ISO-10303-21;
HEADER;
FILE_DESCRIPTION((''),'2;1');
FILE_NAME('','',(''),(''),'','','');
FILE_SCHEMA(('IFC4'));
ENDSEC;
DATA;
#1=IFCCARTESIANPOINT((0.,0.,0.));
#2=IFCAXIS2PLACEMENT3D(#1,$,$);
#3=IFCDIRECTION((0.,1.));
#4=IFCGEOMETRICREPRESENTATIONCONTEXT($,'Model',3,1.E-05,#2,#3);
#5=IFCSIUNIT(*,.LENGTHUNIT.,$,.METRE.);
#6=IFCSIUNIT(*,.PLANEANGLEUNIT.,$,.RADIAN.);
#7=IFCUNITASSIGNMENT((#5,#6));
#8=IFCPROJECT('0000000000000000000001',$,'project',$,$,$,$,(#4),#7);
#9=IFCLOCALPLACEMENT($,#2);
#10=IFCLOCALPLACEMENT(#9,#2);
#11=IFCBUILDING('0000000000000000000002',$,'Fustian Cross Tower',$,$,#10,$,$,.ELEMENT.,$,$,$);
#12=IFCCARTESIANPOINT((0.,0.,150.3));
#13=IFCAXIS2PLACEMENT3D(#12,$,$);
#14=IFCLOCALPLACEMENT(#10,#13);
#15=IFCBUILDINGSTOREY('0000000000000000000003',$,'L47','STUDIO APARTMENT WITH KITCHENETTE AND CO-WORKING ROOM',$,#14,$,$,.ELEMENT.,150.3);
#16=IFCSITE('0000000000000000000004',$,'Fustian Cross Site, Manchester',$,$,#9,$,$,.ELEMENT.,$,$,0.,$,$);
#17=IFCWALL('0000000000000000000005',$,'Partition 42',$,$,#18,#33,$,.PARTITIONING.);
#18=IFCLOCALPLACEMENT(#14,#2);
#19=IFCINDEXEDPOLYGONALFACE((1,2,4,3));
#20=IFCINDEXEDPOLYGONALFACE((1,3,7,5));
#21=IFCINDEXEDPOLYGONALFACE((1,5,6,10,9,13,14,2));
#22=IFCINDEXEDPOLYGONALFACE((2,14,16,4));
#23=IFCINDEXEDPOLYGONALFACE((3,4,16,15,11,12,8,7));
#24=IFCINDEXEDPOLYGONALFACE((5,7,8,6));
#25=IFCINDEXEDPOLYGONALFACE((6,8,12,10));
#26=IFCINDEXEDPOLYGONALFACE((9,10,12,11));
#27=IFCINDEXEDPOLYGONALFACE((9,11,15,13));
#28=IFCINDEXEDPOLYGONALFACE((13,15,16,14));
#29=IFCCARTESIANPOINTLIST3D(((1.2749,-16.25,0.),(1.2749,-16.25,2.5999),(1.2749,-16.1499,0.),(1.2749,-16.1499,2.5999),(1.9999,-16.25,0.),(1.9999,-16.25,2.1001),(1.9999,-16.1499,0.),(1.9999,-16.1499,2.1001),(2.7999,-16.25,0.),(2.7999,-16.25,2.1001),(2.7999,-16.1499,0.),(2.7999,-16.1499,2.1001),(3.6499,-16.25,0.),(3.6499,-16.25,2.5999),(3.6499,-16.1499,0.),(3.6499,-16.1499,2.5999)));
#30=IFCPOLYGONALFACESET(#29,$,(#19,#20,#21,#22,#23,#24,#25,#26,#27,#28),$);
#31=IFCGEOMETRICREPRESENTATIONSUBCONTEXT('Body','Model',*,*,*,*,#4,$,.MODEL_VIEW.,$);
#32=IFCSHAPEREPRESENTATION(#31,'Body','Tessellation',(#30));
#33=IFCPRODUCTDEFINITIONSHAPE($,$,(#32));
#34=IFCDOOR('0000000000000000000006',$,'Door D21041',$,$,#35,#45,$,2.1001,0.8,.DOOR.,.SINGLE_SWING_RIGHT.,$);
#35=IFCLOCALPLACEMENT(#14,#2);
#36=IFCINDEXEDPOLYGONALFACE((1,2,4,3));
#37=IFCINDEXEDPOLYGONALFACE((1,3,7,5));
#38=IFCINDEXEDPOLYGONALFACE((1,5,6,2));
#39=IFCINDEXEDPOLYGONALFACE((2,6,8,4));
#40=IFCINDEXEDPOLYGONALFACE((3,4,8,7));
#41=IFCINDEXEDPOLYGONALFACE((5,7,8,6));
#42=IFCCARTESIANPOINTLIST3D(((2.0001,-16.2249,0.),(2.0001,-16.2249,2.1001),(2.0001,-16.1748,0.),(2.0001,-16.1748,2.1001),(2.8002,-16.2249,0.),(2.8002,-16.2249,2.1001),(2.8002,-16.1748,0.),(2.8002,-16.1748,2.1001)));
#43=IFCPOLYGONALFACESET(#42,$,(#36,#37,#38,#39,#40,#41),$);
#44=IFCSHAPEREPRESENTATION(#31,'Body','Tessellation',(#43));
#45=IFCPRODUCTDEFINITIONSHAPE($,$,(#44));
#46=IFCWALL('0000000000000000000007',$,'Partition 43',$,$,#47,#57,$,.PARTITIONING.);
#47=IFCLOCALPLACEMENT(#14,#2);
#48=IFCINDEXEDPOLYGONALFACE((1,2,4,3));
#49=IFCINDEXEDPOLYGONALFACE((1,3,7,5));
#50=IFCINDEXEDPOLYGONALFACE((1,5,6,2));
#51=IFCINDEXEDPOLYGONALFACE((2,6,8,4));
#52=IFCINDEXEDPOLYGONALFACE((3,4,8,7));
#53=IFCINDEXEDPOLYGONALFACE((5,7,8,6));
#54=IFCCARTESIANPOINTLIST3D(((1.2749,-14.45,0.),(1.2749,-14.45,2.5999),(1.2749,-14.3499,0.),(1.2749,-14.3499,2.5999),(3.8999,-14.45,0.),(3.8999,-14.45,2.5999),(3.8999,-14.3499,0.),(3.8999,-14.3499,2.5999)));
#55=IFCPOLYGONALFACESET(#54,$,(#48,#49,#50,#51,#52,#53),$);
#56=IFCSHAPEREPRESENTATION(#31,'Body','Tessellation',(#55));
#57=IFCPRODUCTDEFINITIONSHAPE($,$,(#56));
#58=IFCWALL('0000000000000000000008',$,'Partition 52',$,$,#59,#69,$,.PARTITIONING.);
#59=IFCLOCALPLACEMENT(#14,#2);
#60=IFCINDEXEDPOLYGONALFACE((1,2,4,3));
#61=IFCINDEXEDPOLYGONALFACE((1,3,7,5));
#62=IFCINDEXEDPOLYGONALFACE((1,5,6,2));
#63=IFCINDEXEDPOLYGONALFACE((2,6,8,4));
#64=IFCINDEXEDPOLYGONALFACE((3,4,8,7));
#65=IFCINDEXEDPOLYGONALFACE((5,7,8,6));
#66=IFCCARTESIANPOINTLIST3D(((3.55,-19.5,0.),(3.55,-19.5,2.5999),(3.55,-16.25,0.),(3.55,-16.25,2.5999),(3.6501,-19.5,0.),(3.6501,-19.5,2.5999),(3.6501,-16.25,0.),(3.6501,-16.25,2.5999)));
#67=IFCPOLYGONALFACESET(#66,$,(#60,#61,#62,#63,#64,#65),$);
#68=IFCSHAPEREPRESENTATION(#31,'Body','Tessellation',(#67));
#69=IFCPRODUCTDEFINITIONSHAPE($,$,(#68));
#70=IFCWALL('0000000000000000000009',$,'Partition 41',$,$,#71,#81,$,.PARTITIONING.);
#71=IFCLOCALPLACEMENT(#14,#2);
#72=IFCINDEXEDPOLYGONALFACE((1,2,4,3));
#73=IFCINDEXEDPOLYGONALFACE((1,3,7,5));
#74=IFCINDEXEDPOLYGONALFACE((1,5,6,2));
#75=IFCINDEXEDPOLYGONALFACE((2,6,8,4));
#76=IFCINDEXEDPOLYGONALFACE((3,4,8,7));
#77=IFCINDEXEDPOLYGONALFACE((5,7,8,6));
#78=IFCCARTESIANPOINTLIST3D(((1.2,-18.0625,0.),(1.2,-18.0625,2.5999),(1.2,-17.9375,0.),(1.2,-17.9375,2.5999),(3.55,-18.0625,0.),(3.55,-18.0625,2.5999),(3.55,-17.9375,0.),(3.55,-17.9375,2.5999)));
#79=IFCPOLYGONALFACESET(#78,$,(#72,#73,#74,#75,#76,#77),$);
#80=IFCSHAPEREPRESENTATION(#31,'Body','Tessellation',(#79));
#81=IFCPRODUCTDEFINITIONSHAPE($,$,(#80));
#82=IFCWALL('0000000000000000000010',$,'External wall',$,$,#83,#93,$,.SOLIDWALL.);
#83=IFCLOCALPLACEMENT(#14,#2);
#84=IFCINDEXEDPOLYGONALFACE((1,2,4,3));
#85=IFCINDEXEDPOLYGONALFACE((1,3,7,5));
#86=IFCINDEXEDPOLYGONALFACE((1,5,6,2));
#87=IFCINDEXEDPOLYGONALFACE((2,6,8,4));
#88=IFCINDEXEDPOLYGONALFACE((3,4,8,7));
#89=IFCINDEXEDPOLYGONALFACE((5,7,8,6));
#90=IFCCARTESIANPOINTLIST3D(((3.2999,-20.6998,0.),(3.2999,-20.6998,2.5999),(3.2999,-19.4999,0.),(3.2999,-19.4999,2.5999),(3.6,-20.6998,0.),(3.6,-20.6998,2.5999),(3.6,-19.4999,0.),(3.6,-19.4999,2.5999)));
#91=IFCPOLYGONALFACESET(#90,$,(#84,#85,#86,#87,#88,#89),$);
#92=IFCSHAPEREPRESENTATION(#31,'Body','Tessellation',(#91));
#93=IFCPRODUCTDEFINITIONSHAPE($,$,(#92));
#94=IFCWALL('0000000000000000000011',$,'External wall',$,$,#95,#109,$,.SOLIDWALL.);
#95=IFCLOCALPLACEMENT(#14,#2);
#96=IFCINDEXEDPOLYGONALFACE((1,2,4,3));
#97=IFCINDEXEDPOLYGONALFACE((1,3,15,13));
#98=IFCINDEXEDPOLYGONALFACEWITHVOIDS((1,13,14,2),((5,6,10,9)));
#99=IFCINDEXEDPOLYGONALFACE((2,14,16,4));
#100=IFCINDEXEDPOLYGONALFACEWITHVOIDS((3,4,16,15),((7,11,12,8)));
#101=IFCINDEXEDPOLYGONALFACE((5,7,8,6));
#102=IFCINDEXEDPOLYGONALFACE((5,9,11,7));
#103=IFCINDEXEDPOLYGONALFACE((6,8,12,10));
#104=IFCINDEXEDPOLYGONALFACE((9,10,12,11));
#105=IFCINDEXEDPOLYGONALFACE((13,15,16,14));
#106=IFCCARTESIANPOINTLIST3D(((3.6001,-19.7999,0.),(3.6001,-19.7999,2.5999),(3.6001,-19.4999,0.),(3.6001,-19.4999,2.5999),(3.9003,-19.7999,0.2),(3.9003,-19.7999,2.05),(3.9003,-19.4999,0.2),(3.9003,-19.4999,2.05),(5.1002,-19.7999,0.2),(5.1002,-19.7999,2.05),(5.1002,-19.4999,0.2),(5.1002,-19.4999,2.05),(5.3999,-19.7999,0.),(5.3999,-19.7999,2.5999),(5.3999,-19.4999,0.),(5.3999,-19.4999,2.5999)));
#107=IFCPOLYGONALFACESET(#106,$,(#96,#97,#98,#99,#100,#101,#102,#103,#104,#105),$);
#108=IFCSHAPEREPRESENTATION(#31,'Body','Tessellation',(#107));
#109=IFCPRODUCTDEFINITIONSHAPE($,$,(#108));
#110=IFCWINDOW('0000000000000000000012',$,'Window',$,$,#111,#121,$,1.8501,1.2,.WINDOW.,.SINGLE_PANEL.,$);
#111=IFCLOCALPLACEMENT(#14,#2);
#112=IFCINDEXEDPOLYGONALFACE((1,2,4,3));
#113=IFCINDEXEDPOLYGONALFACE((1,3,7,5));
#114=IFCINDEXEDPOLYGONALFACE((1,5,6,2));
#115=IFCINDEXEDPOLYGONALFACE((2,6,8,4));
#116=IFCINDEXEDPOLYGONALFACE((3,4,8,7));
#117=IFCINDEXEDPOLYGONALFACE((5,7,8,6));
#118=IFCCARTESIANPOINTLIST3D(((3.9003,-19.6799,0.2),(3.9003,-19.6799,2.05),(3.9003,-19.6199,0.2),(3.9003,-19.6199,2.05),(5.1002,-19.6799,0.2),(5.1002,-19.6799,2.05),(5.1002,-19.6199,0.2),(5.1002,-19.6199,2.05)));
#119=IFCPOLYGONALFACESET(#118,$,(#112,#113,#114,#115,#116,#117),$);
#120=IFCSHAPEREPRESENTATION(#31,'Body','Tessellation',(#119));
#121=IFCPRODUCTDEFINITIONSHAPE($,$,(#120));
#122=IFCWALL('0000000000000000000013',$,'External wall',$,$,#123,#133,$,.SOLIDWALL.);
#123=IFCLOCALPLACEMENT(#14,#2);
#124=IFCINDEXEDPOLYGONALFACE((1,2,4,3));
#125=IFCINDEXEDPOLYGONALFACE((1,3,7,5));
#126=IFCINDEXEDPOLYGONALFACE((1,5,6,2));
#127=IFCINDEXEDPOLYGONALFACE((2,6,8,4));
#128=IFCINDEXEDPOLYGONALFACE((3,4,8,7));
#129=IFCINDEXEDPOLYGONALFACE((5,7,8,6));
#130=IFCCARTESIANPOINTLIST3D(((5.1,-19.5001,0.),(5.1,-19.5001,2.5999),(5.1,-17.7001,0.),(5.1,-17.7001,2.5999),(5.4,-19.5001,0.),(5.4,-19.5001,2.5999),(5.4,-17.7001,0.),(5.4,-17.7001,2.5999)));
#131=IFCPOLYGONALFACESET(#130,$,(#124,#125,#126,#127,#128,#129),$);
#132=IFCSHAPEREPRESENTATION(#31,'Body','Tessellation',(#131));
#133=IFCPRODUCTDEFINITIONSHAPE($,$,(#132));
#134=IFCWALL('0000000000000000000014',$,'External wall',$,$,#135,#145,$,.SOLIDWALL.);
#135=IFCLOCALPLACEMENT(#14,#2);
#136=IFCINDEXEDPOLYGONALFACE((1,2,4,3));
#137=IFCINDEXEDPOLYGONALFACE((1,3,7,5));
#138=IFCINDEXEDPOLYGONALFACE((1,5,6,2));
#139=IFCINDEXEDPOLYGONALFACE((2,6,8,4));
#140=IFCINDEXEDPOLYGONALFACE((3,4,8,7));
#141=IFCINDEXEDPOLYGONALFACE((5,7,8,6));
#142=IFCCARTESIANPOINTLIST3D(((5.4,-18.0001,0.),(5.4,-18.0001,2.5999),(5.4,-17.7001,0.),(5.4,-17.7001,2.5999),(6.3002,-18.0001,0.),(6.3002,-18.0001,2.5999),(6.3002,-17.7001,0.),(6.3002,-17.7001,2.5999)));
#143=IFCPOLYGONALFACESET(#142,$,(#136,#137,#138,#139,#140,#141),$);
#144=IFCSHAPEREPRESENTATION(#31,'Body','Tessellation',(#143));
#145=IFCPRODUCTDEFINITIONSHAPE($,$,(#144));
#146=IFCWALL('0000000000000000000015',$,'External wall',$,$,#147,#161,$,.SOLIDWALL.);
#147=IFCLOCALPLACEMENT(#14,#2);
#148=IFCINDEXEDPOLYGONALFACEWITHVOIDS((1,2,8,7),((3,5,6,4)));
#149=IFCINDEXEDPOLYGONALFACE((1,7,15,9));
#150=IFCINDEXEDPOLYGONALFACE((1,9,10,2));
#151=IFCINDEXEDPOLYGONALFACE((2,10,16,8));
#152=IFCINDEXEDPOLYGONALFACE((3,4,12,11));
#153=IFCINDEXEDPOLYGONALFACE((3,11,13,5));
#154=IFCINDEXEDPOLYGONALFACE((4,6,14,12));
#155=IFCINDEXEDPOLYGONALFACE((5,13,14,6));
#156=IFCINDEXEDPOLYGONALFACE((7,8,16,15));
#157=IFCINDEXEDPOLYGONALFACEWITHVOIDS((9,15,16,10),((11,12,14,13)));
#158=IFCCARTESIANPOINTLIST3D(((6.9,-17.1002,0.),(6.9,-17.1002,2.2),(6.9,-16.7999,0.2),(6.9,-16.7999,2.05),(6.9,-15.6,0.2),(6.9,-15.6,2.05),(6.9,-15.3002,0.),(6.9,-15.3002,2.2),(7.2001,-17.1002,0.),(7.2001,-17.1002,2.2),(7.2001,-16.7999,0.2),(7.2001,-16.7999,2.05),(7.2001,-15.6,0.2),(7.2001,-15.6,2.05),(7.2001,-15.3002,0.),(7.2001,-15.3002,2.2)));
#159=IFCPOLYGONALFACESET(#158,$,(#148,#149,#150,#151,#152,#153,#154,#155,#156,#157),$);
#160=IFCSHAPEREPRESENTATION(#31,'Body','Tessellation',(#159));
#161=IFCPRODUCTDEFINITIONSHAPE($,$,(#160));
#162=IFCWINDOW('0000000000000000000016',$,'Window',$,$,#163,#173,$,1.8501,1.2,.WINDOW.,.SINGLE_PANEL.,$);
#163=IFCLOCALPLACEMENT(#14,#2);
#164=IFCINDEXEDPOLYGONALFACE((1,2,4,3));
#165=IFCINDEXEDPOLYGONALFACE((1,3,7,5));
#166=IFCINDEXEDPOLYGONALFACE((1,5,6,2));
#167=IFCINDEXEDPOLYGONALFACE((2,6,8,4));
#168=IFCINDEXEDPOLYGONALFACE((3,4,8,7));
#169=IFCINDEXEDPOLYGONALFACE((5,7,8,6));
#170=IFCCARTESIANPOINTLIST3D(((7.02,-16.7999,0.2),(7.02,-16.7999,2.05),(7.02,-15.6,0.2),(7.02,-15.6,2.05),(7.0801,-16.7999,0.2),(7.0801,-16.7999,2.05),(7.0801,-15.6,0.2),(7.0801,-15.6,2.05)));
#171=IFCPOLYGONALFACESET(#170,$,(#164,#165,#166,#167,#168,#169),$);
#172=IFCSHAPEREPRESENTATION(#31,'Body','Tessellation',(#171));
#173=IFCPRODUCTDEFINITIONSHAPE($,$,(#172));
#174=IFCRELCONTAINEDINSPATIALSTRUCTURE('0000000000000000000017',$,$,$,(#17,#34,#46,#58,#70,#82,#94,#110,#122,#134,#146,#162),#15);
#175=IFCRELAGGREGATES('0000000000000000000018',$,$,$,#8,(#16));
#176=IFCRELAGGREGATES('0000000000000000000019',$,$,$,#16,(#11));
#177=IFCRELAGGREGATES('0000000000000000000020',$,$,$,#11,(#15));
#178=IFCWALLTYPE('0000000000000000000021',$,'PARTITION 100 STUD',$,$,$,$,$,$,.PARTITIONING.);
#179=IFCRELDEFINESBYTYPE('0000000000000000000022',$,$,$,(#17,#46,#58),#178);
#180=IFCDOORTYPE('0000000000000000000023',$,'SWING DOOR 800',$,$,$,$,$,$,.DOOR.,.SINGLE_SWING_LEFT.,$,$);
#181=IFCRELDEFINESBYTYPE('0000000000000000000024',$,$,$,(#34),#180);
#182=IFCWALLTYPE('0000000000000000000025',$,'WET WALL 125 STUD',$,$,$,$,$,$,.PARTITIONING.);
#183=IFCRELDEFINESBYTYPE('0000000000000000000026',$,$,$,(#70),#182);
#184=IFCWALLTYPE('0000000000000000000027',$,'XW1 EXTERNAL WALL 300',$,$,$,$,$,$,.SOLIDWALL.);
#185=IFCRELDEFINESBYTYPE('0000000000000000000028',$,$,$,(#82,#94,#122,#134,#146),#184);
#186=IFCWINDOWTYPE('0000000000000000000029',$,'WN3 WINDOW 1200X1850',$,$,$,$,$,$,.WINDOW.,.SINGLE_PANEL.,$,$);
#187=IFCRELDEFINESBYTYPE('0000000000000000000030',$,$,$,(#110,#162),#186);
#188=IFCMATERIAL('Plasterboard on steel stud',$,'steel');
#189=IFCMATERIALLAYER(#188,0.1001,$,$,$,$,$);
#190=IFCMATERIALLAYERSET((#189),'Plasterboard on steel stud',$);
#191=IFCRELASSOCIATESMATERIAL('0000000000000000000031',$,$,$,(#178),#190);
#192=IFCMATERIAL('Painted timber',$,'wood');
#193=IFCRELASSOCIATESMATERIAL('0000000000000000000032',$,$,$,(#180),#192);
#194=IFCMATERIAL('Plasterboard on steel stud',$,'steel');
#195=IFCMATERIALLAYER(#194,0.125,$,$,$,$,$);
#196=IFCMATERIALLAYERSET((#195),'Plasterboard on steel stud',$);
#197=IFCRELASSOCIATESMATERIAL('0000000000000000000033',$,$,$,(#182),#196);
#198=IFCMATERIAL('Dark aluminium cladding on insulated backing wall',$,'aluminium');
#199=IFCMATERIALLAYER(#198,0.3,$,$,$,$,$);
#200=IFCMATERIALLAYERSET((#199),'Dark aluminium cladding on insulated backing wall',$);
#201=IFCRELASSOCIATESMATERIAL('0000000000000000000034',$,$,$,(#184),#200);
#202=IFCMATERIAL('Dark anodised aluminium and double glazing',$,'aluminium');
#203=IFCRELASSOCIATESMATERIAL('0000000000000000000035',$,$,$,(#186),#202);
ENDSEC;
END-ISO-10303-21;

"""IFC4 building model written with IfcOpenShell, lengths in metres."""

from ifc_helpers import new_model, si_unit, direction, frame, frame_2d, origin, place, context, subcontext, project, spatial, rectangle, extrude, material, layer, layer_set, type_object, element, fill, save


model = new_model("IFC4")

# Units and contexts
model_context = context("Model", 3, precision=1e-05, world=origin(), true_north=direction((0.0, 1.0)))
body_context = subcontext(model_context, "Body", "Model", "MODEL_VIEW")
ifc_project = project(units=[si_unit("LENGTHUNIT", "METRE"), si_unit("PLANEANGLEUNIT", "RADIAN")], contexts=[model_context])

# Site, building, storey
site_placement = place(None, origin())
site = spatial("IfcSite", under=ifc_project, at=site_placement, Name="Fustian Cross Site, Manchester", CompositionType="ELEMENT", RefElevation=0.0)
building_placement = place(site_placement, origin())
building = spatial("IfcBuilding", under=site, at=building_placement, Name="Fustian Cross Tower", CompositionType="ELEMENT")
storey_placement = place(building_placement, frame((0.0, 0.0, 150.3)))
storey = spatial("IfcBuildingStorey", under=building, at=storey_placement, Name="L47", Description="STUDIO APARTMENT WITH KITCHENETTE AND CO-WORKING ROOM", CompositionType="ELEMENT", Elevation=150.3)

# Wall, opening, door
ifc_material_1 = material(Name="Plasterboard on steel stud", Category="steel")
ifc_layer_1 = layer(ifc_material_1, 0.1001)
ifc_layer_set_1 = layer_set([ifc_layer_1], Name="Plasterboard on steel stud")
wall_type_1 = type_object("IfcWallType", Name="PARTITION 100 STUD", PredefinedType="PARTITIONING", material=ifc_layer_set_1)
wall_1_placement = place(storey_placement, frame((1.2749, -16.2, 0.0), z_axis=(0.0, 0.0, 1.0), x_axis=(1.0, 0.0, 0.0)))
wall_1 = element("IfcWall", 1, at=wall_1_placement, inside=storey, type_object=wall_type_1, Name="Partition 42", PredefinedType="PARTITIONING", context=body_context, shape_type="SweptSolid", body=[
    extrude(rectangle(XDim=2.375, YDim=0.1001, at=frame_2d((1.1875, 0.0))), origin(), (0.0, 0.0, 1.0), 2.5999),
])
opening_1_placement = place(wall_1_placement, frame((0.7251, 0.0, 0.0)))
opening_1 = element("IfcOpeningElement", 2, at=opening_1_placement, cuts=wall_1, PredefinedType="OPENING", context=body_context, shape_type="SweptSolid", body=[
    extrude(rectangle(XDim=0.8, YDim=2.1001, at=frame_2d((0.3999, 1.05))), frame((0.0, 0.0601, 0.0), z_axis=(0.0, -1.0, 0.0), x_axis=(1.0, 0.0, 0.0)), (0.0, 0.0, 1.0), 0.1201),
])
ifc_material_2 = material(Name="Painted timber", Category="wood")
door_type_1 = type_object("IfcDoorType", Name="SWING DOOR 800", OperationType="SINGLE_SWING_LEFT", PredefinedType="DOOR", material=ifc_material_2)
door_1_placement = place(opening_1_placement, frame((0.8, 0.0, 0.0), z_axis=(0.0, 0.0, 1.0), x_axis=(-1.0, 0.0, 0.0)))
door_1 = element("IfcDoor", 3, at=door_1_placement, inside=storey, type_object=door_type_1, Name="Door D21041", OperationType="SINGLE_SWING_RIGHT", OverallHeight=2.1001, OverallWidth=0.8, PredefinedType="DOOR", context=body_context, shape_type="SweptSolid", body=[
    extrude(rectangle(XDim=0.8, YDim=2.1001, at=frame_2d((0.3999, 1.05))), frame((0.0, 0.0249, 0.0), z_axis=(0.0, -1.0, 0.0), x_axis=(1.0, 0.0, 0.0)), (0.0, 0.0, 1.0), 0.05),
])
fill(opening_1, door_1)

# Walls
wall_2_placement = place(storey_placement, frame((1.2749, -14.3999, 0.0), z_axis=(0.0, 0.0, 1.0), x_axis=(1.0, 0.0, 0.0)))
element("IfcWall", 4, at=wall_2_placement, inside=storey, type_object=wall_type_1, Name="Partition 43", PredefinedType="PARTITIONING", context=body_context, shape_type="SweptSolid", body=[
    extrude(rectangle(XDim=2.625, YDim=0.1001, at=frame_2d((1.3125, 0.0))), origin(), (0.0, 0.0, 1.0), 2.5999),
])
wall_3_placement = place(storey_placement, frame((3.6001, -19.5, 0.0), z_axis=(0.0, 0.0, 1.0), x_axis=(0.0, 1.0, 0.0)))
element("IfcWall", 5, at=wall_3_placement, inside=storey, type_object=wall_type_1, Name="Partition 52", PredefinedType="PARTITIONING", context=body_context, shape_type="SweptSolid", body=[
    extrude(rectangle(XDim=3.25, YDim=0.1001, at=frame_2d((1.625, 0.0))), origin(), (0.0, 0.0, 1.0), 2.5999),
])
ifc_material_3 = material(Name="Plasterboard on steel stud", Category="steel")
ifc_layer_2 = layer(ifc_material_3, 0.125)
ifc_layer_set_2 = layer_set([ifc_layer_2], Name="Plasterboard on steel stud")
wall_type_2 = type_object("IfcWallType", Name="WET WALL 125 STUD", PredefinedType="PARTITIONING", material=ifc_layer_set_2)
wall_4_placement = place(storey_placement, frame((1.2, -18.0, 0.0), z_axis=(0.0, 0.0, 1.0), x_axis=(1.0, 0.0, 0.0)))
element("IfcWall", 6, at=wall_4_placement, inside=storey, type_object=wall_type_2, Name="Partition 41", PredefinedType="PARTITIONING", context=body_context, shape_type="SweptSolid", body=[
    extrude(rectangle(XDim=2.3501, YDim=0.125, at=frame_2d((1.175, 0.0))), origin(), (0.0, 0.0, 1.0), 2.5999),
])
ifc_material_4 = material(Name="Dark aluminium cladding on insulated backing wall", Category="aluminium")
ifc_layer_3 = layer(ifc_material_4, 0.3)
ifc_layer_set_3 = layer_set([ifc_layer_3], Name="Dark aluminium cladding on insulated backing wall")
wall_type_3 = type_object("IfcWallType", Name="XW1 EXTERNAL WALL 300", PredefinedType="SOLIDWALL", material=ifc_layer_set_3)
wall_5_placement = place(storey_placement, frame((3.45, -20.7, 0.0), z_axis=(0.0, 0.0, 1.0), x_axis=(0.0, 1.0, 0.0)))
element("IfcWall", 7, at=wall_5_placement, inside=storey, type_object=wall_type_3, Name="External wall", PredefinedType="SOLIDWALL", context=body_context, shape_type="SweptSolid", body=[
    extrude(rectangle(XDim=1.2, YDim=0.3, at=frame_2d((0.6001, 0.0))), origin(), (0.0, 0.0, 1.0), 2.5999),
])

# Wall, opening, window
wall_6_placement = place(storey_placement, frame((3.6001, -19.6499, 0.0), z_axis=(0.0, 0.0, 1.0), x_axis=(1.0, 0.0, 0.0)))
wall_6 = element("IfcWall", 8, at=wall_6_placement, inside=storey, type_object=wall_type_3, Name="External wall", PredefinedType="SOLIDWALL", context=body_context, shape_type="SweptSolid", body=[
    extrude(rectangle(XDim=1.7998, YDim=0.3, at=frame_2d((0.8999, 0.0))), origin(), (0.0, 0.0, 1.0), 2.5999),
])
opening_2_placement = place(wall_6_placement, frame((0.3, 0.0, 0.2)))
opening_2 = element("IfcOpeningElement", 9, at=opening_2_placement, cuts=wall_6, PredefinedType="OPENING", context=body_context, shape_type="SweptSolid", body=[
    extrude(rectangle(XDim=1.2, YDim=1.8501, at=frame_2d((0.6001, 0.925))), frame((0.0, 0.1599, 0.0), z_axis=(0.0, -1.0, 0.0), x_axis=(1.0, 0.0, 0.0)), (0.0, 0.0, 1.0), 0.3201),
])
ifc_material_5 = material(Name="Dark anodised aluminium and double glazing", Category="aluminium")
window_type_1 = type_object("IfcWindowType", Name="WN3 WINDOW 1200X1850", PartitioningType="SINGLE_PANEL", PredefinedType="WINDOW", material=ifc_material_5)
window_1_placement = place(opening_2_placement, origin())
window_1 = element("IfcWindow", 10, at=window_1_placement, inside=storey, type_object=window_type_1, Name="Window", OverallHeight=1.8501, OverallWidth=1.2, PartitioningType="SINGLE_PANEL", PredefinedType="WINDOW", context=body_context, shape_type="SweptSolid", body=[
    extrude(rectangle(XDim=1.2, YDim=1.8501, at=frame_2d((0.6001, 0.925))), frame((0.0, 0.03, 0.0), z_axis=(0.0, -1.0, 0.0), x_axis=(1.0, 0.0, 0.0)), (0.0, 0.0, 1.0), 0.0601),
])
fill(opening_2, window_1)

# Walls
wall_7_placement = place(storey_placement, frame((5.25, -19.5, 0.0), z_axis=(0.0, 0.0, 1.0), x_axis=(0.0, 1.0, 0.0)))
element("IfcWall", 11, at=wall_7_placement, inside=storey, type_object=wall_type_3, Name="External wall", PredefinedType="SOLIDWALL", context=body_context, shape_type="SweptSolid", body=[
    extrude(rectangle(XDim=1.8, YDim=0.3, at=frame_2d((0.8999, 0.0))), origin(), (0.0, 0.0, 1.0), 2.5999),
])
wall_8_placement = place(storey_placement, frame((5.3999, -17.8501, 0.0), z_axis=(0.0, 0.0, 1.0), x_axis=(1.0, 0.0, 0.0)))
element("IfcWall", 12, at=wall_8_placement, inside=storey, type_object=wall_type_3, Name="External wall", PredefinedType="SOLIDWALL", context=body_context, shape_type="SweptSolid", body=[
    extrude(rectangle(XDim=0.9001, YDim=0.3, at=frame_2d((0.4502, 0.0))), origin(), (0.0, 0.0, 1.0), 2.5999),
])

# Wall, opening, window
wall_9_placement = place(storey_placement, frame((7.05, -17.1001, 0.0), z_axis=(0.0, 0.0, 1.0), x_axis=(0.0, 1.0, 0.0)))
wall_9 = element("IfcWall", 13, at=wall_9_placement, inside=storey, type_object=wall_type_3, Name="External wall", PredefinedType="SOLIDWALL", context=body_context, shape_type="SweptSolid", body=[
    extrude(rectangle(XDim=1.8, YDim=0.3, at=frame_2d((0.8999, 0.0))), origin(), (0.0, 0.0, 1.0), 2.2),
])
opening_3_placement = place(wall_9_placement, frame((0.3, 0.0, 0.2)))
opening_3 = element("IfcOpeningElement", 14, at=opening_3_placement, cuts=wall_9, PredefinedType="OPENING", context=body_context, shape_type="SweptSolid", body=[
    extrude(rectangle(XDim=1.2, YDim=1.8501, at=frame_2d((0.6001, 0.925))), frame((0.0, 0.1599, 0.0), z_axis=(0.0, -1.0, 0.0), x_axis=(1.0, 0.0, 0.0)), (0.0, 0.0, 1.0), 0.3201),
])
window_2_placement = place(opening_3_placement, origin())
window_2 = element("IfcWindow", 15, at=window_2_placement, inside=storey, type_object=window_type_1, Name="Window", OverallHeight=1.8501, OverallWidth=1.2, PartitioningType="SINGLE_PANEL", PredefinedType="WINDOW", context=body_context, shape_type="SweptSolid", body=[
    extrude(rectangle(XDim=1.2, YDim=1.8501, at=frame_2d((0.6001, 0.925))), frame((0.0, 0.03, 0.0), z_axis=(0.0, -1.0, 0.0), x_axis=(1.0, 0.0, 0.0)), (0.0, 0.0, 1.0), 0.0601),
])
fill(opening_3, window_2)

save(model, "model.ifc")
